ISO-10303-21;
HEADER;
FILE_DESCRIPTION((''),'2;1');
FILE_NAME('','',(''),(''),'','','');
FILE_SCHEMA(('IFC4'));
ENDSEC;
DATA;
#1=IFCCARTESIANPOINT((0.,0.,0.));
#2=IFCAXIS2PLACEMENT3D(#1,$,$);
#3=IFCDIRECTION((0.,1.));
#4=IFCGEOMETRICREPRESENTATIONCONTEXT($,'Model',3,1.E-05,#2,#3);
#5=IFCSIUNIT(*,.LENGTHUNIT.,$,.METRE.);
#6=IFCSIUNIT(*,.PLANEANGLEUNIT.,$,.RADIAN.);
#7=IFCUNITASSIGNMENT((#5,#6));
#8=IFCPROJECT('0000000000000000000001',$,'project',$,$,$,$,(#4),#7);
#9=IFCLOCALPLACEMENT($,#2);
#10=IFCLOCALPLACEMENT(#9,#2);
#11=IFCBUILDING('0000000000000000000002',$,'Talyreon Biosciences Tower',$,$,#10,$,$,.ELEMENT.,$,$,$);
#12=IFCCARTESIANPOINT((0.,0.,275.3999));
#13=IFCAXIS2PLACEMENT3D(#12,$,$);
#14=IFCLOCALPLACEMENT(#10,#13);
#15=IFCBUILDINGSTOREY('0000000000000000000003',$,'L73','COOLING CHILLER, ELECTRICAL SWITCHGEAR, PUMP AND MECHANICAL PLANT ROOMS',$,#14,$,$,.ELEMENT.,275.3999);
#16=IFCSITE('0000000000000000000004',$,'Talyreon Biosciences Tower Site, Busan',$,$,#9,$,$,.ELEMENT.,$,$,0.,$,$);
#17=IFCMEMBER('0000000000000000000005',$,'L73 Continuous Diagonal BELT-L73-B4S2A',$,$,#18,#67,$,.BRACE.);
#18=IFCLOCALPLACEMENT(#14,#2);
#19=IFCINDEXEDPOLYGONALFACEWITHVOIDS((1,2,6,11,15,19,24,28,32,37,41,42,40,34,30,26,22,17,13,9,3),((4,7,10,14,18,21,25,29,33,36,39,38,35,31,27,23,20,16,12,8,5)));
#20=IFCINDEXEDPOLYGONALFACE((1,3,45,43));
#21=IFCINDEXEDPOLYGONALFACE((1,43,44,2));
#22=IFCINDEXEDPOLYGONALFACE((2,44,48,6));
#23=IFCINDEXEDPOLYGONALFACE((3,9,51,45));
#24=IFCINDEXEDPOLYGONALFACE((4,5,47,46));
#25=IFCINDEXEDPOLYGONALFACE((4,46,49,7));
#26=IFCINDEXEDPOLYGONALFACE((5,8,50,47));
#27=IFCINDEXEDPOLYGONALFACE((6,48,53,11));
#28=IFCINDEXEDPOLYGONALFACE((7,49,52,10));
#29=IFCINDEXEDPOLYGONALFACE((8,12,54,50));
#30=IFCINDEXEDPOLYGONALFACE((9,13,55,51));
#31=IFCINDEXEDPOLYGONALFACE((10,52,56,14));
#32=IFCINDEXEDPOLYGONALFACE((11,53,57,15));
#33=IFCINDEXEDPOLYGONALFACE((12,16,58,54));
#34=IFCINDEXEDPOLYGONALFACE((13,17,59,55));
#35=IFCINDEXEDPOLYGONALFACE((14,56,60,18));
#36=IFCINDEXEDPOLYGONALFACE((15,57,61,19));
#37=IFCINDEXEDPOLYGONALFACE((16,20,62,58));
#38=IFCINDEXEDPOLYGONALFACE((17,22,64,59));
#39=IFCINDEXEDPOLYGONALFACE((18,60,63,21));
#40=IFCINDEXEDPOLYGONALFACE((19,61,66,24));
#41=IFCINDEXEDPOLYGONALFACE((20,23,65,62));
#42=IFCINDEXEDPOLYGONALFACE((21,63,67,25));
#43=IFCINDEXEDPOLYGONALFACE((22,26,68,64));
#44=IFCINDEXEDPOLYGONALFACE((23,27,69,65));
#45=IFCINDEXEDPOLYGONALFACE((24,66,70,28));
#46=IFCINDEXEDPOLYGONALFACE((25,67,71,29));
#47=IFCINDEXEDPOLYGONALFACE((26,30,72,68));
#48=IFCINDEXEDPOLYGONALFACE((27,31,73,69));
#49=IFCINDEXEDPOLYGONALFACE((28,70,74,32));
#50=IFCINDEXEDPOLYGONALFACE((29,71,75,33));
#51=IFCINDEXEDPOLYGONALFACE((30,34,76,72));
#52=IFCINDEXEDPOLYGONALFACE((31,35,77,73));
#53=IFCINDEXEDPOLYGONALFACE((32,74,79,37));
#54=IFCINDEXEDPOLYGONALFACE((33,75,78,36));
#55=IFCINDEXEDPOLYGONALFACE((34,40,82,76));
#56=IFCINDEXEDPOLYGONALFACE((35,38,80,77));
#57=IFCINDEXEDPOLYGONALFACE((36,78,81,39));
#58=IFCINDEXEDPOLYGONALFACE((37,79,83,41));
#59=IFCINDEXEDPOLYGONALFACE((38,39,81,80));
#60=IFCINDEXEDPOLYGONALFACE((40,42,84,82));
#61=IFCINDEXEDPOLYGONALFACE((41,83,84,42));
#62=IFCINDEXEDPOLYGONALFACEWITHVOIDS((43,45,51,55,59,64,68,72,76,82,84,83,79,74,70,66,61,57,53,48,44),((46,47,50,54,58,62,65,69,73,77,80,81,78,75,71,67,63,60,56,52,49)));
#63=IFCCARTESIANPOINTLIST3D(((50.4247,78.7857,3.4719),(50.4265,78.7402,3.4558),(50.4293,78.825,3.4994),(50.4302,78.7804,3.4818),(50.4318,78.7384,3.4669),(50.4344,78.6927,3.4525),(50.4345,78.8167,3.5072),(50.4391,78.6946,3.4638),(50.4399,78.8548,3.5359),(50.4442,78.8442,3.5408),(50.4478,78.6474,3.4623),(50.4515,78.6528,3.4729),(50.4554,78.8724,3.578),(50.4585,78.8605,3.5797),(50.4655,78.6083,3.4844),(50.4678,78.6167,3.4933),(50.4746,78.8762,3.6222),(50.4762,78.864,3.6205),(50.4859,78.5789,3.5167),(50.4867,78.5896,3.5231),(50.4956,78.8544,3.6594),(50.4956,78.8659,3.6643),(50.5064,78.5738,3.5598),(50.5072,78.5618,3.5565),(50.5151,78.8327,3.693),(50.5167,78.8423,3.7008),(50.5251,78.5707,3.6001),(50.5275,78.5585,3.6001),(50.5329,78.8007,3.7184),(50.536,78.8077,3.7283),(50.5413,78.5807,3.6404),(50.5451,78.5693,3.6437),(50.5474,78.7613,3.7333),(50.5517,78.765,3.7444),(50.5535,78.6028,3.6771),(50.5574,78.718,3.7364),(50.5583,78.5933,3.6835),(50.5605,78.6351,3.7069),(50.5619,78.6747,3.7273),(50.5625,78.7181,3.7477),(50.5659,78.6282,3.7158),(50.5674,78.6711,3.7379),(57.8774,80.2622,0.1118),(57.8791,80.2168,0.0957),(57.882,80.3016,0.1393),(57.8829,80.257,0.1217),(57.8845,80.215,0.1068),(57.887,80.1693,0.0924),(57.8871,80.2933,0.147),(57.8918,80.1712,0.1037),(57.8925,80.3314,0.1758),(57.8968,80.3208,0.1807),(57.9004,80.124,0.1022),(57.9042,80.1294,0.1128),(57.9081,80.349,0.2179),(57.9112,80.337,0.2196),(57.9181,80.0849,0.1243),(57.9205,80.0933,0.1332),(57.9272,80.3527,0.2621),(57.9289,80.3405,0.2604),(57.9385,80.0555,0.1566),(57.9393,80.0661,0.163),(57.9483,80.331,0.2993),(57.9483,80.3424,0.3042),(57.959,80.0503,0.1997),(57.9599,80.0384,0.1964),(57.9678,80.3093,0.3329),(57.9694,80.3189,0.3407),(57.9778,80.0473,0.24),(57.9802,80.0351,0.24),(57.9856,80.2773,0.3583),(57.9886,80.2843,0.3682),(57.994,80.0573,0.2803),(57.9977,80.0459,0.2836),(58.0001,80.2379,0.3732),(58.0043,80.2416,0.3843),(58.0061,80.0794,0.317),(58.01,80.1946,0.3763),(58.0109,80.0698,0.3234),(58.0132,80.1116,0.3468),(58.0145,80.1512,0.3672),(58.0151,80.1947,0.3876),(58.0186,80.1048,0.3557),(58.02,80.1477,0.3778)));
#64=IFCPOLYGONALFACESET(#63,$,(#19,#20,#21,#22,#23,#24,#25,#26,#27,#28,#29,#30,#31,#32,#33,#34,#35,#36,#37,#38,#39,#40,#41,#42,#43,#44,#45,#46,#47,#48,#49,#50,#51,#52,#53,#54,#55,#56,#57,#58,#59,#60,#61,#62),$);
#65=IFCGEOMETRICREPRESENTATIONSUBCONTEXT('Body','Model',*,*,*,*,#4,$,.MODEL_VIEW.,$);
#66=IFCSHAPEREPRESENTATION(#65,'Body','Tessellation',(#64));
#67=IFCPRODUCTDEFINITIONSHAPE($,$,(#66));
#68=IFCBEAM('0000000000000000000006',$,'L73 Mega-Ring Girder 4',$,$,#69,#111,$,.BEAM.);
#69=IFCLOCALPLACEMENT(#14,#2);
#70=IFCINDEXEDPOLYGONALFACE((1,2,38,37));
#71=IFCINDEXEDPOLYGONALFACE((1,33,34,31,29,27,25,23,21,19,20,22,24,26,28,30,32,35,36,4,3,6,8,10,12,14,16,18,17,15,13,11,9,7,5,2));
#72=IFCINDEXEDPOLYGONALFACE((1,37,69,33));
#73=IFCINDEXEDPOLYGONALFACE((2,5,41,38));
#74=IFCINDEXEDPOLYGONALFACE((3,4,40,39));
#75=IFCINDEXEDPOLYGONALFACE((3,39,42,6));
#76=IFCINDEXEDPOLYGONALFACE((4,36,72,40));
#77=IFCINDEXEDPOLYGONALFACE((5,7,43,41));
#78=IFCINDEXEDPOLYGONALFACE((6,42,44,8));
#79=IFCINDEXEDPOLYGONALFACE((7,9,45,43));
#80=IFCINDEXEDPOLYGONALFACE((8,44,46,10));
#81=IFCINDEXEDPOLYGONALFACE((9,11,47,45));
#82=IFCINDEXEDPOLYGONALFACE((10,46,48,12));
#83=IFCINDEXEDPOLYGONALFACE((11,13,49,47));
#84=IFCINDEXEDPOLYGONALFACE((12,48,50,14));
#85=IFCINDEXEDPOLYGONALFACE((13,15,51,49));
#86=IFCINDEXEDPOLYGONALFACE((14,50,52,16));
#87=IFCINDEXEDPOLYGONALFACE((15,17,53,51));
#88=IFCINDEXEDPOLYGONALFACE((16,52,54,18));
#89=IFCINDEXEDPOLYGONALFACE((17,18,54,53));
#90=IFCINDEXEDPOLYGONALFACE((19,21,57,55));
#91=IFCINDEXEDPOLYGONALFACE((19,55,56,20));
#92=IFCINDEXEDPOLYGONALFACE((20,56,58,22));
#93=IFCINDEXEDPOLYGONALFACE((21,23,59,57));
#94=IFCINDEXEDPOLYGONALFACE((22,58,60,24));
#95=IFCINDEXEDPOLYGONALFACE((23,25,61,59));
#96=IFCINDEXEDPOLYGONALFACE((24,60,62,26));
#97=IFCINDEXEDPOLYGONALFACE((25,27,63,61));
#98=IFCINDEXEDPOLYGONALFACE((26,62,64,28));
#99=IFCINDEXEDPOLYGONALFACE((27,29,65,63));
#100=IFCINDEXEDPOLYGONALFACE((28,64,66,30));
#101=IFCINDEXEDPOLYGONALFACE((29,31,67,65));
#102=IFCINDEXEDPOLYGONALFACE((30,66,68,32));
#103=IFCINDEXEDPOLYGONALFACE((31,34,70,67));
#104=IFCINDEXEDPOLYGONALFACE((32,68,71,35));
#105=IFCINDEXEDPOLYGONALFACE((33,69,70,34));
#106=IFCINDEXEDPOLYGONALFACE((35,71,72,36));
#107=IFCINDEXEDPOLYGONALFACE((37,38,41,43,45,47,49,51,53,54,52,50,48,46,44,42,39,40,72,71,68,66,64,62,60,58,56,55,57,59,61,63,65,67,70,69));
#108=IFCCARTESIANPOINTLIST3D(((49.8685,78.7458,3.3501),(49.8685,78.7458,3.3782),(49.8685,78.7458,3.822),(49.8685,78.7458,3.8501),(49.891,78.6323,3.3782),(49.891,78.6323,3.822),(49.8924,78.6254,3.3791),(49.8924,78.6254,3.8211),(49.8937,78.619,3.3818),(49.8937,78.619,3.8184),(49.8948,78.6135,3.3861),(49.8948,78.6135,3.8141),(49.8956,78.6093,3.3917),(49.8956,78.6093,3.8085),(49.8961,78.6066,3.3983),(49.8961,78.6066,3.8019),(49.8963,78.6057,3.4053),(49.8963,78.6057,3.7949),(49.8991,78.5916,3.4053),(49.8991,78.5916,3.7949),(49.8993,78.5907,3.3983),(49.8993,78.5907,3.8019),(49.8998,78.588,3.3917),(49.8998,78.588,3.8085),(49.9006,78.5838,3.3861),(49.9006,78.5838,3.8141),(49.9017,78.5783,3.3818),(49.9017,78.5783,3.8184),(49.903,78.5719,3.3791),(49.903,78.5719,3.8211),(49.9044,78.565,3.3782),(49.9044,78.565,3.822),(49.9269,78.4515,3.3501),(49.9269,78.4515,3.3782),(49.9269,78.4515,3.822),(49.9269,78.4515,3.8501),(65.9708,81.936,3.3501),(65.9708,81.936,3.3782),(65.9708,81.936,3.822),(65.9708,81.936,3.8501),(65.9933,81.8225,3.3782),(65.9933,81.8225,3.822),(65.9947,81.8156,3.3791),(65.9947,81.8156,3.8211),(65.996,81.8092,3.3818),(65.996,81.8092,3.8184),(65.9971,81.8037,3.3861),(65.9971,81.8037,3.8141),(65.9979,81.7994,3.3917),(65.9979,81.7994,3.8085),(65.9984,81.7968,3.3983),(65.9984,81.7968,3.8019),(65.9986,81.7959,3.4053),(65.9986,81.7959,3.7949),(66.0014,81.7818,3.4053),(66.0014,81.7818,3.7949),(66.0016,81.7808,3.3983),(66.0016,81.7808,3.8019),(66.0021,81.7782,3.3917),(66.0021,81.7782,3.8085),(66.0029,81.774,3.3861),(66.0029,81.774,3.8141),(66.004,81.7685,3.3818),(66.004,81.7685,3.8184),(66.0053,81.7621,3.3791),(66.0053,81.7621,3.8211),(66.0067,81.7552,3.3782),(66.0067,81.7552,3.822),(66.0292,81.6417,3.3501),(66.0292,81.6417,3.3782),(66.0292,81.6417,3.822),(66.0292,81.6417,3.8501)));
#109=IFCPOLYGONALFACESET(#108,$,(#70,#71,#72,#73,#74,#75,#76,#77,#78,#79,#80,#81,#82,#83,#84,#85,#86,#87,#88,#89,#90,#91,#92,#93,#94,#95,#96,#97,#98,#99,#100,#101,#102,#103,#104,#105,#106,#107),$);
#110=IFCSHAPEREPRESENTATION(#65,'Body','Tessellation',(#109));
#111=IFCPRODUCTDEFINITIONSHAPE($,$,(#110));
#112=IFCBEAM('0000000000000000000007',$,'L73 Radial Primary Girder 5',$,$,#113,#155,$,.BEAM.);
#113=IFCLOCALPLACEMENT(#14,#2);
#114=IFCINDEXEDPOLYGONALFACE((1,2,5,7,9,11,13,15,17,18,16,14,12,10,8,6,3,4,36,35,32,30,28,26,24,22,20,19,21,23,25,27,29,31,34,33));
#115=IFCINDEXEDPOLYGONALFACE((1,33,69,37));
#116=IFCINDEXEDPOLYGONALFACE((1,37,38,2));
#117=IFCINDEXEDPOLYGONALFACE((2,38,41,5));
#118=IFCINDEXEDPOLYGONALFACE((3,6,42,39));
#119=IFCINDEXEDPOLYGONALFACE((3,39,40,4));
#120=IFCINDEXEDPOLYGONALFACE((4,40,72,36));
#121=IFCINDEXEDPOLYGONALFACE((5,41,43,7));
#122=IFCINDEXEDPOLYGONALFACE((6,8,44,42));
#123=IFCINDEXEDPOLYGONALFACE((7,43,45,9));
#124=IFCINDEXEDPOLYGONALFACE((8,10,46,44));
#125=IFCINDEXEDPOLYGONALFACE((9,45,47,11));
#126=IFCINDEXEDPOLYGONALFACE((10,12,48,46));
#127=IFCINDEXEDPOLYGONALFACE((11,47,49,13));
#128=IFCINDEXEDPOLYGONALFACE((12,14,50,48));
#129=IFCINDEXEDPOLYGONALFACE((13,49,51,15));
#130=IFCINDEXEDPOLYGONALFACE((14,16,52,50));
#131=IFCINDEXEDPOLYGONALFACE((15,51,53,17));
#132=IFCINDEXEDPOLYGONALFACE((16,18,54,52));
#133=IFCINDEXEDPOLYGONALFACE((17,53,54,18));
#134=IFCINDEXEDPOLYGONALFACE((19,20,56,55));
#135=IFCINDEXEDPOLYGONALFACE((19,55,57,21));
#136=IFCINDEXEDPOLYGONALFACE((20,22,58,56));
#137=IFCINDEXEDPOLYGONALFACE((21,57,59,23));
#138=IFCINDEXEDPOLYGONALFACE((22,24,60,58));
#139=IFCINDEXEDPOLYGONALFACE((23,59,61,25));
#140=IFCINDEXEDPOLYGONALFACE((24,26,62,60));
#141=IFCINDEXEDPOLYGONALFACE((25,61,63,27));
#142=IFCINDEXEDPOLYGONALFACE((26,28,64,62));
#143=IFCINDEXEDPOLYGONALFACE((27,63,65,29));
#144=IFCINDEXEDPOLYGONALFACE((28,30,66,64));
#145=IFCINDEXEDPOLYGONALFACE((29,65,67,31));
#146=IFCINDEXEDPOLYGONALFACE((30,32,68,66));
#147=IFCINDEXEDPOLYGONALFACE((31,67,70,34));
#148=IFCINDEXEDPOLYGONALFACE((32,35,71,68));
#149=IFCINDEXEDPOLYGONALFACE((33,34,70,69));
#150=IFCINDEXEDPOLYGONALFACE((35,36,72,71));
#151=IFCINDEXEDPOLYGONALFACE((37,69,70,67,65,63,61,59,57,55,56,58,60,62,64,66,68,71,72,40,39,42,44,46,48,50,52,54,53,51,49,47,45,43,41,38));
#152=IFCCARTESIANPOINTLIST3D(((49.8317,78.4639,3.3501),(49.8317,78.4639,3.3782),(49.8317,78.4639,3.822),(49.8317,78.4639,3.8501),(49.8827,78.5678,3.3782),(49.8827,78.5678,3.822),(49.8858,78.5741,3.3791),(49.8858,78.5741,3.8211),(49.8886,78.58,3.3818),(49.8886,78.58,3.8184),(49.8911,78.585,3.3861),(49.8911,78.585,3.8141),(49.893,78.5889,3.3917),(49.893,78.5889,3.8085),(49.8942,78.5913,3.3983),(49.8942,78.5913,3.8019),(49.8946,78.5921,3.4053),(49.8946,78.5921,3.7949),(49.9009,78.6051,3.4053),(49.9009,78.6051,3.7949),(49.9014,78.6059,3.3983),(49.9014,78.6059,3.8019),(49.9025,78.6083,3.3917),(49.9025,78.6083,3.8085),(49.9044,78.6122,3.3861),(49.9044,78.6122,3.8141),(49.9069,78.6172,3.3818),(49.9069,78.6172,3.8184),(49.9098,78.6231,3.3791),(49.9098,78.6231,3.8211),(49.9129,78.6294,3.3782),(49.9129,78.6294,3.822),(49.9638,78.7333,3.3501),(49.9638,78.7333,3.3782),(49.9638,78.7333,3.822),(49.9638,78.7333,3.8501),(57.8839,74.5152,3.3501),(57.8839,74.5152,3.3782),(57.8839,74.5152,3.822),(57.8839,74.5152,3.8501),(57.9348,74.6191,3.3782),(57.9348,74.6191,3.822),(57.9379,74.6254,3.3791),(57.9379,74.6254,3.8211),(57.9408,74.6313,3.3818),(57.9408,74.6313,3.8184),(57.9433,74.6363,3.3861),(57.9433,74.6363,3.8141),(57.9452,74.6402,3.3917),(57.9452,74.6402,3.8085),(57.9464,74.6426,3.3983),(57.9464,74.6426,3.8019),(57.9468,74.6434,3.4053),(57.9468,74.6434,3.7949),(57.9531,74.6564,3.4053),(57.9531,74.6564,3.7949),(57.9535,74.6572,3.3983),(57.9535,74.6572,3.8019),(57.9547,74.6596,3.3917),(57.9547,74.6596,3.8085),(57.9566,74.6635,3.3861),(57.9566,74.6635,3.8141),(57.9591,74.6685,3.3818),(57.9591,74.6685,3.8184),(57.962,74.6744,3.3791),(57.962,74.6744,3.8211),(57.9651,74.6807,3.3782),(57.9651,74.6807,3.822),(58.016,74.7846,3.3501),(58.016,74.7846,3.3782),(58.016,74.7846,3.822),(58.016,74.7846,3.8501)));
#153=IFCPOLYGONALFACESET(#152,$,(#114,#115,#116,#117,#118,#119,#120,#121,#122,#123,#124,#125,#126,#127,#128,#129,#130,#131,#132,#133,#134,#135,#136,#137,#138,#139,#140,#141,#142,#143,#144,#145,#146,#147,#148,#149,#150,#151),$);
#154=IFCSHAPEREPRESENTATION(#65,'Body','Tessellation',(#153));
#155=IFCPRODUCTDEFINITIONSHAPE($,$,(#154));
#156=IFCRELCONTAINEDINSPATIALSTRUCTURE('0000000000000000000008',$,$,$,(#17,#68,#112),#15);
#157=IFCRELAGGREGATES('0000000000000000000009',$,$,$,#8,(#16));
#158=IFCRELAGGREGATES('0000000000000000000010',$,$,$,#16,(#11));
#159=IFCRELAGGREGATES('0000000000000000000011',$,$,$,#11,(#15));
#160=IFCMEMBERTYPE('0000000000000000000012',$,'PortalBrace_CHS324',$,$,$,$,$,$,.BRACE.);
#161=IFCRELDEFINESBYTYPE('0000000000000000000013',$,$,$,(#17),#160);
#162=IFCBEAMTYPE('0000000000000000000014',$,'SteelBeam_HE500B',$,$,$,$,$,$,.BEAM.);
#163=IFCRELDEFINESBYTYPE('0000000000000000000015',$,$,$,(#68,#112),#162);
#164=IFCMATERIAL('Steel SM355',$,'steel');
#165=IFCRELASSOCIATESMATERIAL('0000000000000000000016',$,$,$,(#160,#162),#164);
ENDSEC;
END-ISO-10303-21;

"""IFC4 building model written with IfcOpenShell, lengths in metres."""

from ifc_helpers import new_model, si_unit, direction, frame, origin, origin_2d, place, context, subcontext, project, spatial, hollow_circle, i_section, extrude, material, material_profile, profile_set, type_object, element, save


model = new_model("IFC4")

# Units and contexts
model_context = context("Model", 3, precision=1e-05, world=origin(), true_north=direction((0.0, 1.0)))
body_context = subcontext(model_context, "Body", "Model", "MODEL_VIEW")
ifc_project = project(units=[si_unit("LENGTHUNIT", "METRE"), si_unit("PLANEANGLEUNIT", "RADIAN")], contexts=[model_context])

# Site, building, storey
site_placement = place(None, origin())
site = spatial("IfcSite", under=ifc_project, at=site_placement, Name="Talyreon Biosciences Tower Site, Busan", CompositionType="ELEMENT", RefElevation=0.0)
building_placement = place(site_placement, origin())
building = spatial("IfcBuilding", under=site, at=building_placement, Name="Talyreon Biosciences Tower", CompositionType="ELEMENT")
storey_placement = place(building_placement, frame((0.0, 0.0, 275.3999)))
storey = spatial("IfcBuildingStorey", under=building, at=storey_placement, Name="L73", Description="COOLING CHILLER, ELECTRICAL SWITCHGEAR, PUMP AND MECHANICAL PLANT ROOMS", CompositionType="ELEMENT", Elevation=275.3999)

# Shared definitions
ifc_material_1 = material(Name="Steel SM355", Category="steel")

# Member
ifc_material_profile_1 = material_profile(ifc_material_1, hollow_circle(Radius=0.1619, WallThickness=0.0125, at=origin_2d()), Name="CHS 323.9x12.5")
ifc_profile_set_1 = profile_set([ifc_material_profile_1], Name="Steel SM355")
member_type_1 = type_object("IfcMemberType", Name="PortalBrace_CHS324", PredefinedType="BRACE", material=ifc_profile_set_1)
member_1_placement = place(storey_placement, frame((57.9487, 80.1938, 0.24), z_axis=(-0.897112, -0.177741, 0.404473), x_axis=(0.194348, -0.980933, 0.0)))
element("IfcMember", 1, at=member_1_placement, inside=storey, type_object=member_type_1, Name="L73 Continuous Diagonal BELT-L73-B4S2A", PredefinedType="BRACE", context=body_context, shape_type="SweptSolid", body=[
    extrude(hollow_circle(Radius=0.1619, WallThickness=0.0125, at=origin_2d()), origin(), (0.0, 0.0, 1.0), 8.3074),
])

# Beams
ifc_material_profile_2 = material_profile(ifc_material_1, i_section(OverallWidth=0.3, OverallDepth=0.5, WebThickness=0.0144, FlangeThickness=0.0281, FilletRadius=0.0271, at=origin_2d()), Name="HE500B")
ifc_profile_set_2 = profile_set([ifc_material_profile_2], Name="Steel SM355")
beam_type_1 = type_object("IfcBeamType", Name="SteelBeam_HE500B", PredefinedType="BEAM", material=ifc_profile_set_2)
beam_1_placement = place(storey_placement, frame((66.0, 81.7888, 3.6001), z_axis=(-0.980934, -0.194343, 0.0), x_axis=(0.194343, -0.980934, 0.0)))
element("IfcBeam", 2, at=beam_1_placement, inside=storey, type_object=beam_type_1, Name="L73 Mega-Ring Girder 4", PredefinedType="BEAM", context=body_context, shape_type="SweptSolid", body=[
    extrude(i_section(OverallWidth=0.3, OverallDepth=0.5, WebThickness=0.0144, FlangeThickness=0.0281, FilletRadius=0.0271, at=origin_2d()), origin(), (0.0, 0.0, 1.0), 16.4153),
])
beam_2_placement = place(storey_placement, frame((57.95, 74.6499, 3.6001), z_axis=(-0.897852, 0.440297, 0.0), x_axis=(-0.440297, -0.897852, 0.0)))
element("IfcBeam", 3, at=beam_2_placement, inside=storey, type_object=beam_type_1, Name="L73 Radial Primary Girder 5", PredefinedType="BEAM", context=body_context, shape_type="SweptSolid", body=[
    extrude(i_section(OverallWidth=0.3, OverallDepth=0.5, WebThickness=0.0144, FlangeThickness=0.0281, FilletRadius=0.0271, at=origin_2d()), origin(), (0.0, 0.0, 1.0), 8.9683),
])

save(model, "model.ifc")
